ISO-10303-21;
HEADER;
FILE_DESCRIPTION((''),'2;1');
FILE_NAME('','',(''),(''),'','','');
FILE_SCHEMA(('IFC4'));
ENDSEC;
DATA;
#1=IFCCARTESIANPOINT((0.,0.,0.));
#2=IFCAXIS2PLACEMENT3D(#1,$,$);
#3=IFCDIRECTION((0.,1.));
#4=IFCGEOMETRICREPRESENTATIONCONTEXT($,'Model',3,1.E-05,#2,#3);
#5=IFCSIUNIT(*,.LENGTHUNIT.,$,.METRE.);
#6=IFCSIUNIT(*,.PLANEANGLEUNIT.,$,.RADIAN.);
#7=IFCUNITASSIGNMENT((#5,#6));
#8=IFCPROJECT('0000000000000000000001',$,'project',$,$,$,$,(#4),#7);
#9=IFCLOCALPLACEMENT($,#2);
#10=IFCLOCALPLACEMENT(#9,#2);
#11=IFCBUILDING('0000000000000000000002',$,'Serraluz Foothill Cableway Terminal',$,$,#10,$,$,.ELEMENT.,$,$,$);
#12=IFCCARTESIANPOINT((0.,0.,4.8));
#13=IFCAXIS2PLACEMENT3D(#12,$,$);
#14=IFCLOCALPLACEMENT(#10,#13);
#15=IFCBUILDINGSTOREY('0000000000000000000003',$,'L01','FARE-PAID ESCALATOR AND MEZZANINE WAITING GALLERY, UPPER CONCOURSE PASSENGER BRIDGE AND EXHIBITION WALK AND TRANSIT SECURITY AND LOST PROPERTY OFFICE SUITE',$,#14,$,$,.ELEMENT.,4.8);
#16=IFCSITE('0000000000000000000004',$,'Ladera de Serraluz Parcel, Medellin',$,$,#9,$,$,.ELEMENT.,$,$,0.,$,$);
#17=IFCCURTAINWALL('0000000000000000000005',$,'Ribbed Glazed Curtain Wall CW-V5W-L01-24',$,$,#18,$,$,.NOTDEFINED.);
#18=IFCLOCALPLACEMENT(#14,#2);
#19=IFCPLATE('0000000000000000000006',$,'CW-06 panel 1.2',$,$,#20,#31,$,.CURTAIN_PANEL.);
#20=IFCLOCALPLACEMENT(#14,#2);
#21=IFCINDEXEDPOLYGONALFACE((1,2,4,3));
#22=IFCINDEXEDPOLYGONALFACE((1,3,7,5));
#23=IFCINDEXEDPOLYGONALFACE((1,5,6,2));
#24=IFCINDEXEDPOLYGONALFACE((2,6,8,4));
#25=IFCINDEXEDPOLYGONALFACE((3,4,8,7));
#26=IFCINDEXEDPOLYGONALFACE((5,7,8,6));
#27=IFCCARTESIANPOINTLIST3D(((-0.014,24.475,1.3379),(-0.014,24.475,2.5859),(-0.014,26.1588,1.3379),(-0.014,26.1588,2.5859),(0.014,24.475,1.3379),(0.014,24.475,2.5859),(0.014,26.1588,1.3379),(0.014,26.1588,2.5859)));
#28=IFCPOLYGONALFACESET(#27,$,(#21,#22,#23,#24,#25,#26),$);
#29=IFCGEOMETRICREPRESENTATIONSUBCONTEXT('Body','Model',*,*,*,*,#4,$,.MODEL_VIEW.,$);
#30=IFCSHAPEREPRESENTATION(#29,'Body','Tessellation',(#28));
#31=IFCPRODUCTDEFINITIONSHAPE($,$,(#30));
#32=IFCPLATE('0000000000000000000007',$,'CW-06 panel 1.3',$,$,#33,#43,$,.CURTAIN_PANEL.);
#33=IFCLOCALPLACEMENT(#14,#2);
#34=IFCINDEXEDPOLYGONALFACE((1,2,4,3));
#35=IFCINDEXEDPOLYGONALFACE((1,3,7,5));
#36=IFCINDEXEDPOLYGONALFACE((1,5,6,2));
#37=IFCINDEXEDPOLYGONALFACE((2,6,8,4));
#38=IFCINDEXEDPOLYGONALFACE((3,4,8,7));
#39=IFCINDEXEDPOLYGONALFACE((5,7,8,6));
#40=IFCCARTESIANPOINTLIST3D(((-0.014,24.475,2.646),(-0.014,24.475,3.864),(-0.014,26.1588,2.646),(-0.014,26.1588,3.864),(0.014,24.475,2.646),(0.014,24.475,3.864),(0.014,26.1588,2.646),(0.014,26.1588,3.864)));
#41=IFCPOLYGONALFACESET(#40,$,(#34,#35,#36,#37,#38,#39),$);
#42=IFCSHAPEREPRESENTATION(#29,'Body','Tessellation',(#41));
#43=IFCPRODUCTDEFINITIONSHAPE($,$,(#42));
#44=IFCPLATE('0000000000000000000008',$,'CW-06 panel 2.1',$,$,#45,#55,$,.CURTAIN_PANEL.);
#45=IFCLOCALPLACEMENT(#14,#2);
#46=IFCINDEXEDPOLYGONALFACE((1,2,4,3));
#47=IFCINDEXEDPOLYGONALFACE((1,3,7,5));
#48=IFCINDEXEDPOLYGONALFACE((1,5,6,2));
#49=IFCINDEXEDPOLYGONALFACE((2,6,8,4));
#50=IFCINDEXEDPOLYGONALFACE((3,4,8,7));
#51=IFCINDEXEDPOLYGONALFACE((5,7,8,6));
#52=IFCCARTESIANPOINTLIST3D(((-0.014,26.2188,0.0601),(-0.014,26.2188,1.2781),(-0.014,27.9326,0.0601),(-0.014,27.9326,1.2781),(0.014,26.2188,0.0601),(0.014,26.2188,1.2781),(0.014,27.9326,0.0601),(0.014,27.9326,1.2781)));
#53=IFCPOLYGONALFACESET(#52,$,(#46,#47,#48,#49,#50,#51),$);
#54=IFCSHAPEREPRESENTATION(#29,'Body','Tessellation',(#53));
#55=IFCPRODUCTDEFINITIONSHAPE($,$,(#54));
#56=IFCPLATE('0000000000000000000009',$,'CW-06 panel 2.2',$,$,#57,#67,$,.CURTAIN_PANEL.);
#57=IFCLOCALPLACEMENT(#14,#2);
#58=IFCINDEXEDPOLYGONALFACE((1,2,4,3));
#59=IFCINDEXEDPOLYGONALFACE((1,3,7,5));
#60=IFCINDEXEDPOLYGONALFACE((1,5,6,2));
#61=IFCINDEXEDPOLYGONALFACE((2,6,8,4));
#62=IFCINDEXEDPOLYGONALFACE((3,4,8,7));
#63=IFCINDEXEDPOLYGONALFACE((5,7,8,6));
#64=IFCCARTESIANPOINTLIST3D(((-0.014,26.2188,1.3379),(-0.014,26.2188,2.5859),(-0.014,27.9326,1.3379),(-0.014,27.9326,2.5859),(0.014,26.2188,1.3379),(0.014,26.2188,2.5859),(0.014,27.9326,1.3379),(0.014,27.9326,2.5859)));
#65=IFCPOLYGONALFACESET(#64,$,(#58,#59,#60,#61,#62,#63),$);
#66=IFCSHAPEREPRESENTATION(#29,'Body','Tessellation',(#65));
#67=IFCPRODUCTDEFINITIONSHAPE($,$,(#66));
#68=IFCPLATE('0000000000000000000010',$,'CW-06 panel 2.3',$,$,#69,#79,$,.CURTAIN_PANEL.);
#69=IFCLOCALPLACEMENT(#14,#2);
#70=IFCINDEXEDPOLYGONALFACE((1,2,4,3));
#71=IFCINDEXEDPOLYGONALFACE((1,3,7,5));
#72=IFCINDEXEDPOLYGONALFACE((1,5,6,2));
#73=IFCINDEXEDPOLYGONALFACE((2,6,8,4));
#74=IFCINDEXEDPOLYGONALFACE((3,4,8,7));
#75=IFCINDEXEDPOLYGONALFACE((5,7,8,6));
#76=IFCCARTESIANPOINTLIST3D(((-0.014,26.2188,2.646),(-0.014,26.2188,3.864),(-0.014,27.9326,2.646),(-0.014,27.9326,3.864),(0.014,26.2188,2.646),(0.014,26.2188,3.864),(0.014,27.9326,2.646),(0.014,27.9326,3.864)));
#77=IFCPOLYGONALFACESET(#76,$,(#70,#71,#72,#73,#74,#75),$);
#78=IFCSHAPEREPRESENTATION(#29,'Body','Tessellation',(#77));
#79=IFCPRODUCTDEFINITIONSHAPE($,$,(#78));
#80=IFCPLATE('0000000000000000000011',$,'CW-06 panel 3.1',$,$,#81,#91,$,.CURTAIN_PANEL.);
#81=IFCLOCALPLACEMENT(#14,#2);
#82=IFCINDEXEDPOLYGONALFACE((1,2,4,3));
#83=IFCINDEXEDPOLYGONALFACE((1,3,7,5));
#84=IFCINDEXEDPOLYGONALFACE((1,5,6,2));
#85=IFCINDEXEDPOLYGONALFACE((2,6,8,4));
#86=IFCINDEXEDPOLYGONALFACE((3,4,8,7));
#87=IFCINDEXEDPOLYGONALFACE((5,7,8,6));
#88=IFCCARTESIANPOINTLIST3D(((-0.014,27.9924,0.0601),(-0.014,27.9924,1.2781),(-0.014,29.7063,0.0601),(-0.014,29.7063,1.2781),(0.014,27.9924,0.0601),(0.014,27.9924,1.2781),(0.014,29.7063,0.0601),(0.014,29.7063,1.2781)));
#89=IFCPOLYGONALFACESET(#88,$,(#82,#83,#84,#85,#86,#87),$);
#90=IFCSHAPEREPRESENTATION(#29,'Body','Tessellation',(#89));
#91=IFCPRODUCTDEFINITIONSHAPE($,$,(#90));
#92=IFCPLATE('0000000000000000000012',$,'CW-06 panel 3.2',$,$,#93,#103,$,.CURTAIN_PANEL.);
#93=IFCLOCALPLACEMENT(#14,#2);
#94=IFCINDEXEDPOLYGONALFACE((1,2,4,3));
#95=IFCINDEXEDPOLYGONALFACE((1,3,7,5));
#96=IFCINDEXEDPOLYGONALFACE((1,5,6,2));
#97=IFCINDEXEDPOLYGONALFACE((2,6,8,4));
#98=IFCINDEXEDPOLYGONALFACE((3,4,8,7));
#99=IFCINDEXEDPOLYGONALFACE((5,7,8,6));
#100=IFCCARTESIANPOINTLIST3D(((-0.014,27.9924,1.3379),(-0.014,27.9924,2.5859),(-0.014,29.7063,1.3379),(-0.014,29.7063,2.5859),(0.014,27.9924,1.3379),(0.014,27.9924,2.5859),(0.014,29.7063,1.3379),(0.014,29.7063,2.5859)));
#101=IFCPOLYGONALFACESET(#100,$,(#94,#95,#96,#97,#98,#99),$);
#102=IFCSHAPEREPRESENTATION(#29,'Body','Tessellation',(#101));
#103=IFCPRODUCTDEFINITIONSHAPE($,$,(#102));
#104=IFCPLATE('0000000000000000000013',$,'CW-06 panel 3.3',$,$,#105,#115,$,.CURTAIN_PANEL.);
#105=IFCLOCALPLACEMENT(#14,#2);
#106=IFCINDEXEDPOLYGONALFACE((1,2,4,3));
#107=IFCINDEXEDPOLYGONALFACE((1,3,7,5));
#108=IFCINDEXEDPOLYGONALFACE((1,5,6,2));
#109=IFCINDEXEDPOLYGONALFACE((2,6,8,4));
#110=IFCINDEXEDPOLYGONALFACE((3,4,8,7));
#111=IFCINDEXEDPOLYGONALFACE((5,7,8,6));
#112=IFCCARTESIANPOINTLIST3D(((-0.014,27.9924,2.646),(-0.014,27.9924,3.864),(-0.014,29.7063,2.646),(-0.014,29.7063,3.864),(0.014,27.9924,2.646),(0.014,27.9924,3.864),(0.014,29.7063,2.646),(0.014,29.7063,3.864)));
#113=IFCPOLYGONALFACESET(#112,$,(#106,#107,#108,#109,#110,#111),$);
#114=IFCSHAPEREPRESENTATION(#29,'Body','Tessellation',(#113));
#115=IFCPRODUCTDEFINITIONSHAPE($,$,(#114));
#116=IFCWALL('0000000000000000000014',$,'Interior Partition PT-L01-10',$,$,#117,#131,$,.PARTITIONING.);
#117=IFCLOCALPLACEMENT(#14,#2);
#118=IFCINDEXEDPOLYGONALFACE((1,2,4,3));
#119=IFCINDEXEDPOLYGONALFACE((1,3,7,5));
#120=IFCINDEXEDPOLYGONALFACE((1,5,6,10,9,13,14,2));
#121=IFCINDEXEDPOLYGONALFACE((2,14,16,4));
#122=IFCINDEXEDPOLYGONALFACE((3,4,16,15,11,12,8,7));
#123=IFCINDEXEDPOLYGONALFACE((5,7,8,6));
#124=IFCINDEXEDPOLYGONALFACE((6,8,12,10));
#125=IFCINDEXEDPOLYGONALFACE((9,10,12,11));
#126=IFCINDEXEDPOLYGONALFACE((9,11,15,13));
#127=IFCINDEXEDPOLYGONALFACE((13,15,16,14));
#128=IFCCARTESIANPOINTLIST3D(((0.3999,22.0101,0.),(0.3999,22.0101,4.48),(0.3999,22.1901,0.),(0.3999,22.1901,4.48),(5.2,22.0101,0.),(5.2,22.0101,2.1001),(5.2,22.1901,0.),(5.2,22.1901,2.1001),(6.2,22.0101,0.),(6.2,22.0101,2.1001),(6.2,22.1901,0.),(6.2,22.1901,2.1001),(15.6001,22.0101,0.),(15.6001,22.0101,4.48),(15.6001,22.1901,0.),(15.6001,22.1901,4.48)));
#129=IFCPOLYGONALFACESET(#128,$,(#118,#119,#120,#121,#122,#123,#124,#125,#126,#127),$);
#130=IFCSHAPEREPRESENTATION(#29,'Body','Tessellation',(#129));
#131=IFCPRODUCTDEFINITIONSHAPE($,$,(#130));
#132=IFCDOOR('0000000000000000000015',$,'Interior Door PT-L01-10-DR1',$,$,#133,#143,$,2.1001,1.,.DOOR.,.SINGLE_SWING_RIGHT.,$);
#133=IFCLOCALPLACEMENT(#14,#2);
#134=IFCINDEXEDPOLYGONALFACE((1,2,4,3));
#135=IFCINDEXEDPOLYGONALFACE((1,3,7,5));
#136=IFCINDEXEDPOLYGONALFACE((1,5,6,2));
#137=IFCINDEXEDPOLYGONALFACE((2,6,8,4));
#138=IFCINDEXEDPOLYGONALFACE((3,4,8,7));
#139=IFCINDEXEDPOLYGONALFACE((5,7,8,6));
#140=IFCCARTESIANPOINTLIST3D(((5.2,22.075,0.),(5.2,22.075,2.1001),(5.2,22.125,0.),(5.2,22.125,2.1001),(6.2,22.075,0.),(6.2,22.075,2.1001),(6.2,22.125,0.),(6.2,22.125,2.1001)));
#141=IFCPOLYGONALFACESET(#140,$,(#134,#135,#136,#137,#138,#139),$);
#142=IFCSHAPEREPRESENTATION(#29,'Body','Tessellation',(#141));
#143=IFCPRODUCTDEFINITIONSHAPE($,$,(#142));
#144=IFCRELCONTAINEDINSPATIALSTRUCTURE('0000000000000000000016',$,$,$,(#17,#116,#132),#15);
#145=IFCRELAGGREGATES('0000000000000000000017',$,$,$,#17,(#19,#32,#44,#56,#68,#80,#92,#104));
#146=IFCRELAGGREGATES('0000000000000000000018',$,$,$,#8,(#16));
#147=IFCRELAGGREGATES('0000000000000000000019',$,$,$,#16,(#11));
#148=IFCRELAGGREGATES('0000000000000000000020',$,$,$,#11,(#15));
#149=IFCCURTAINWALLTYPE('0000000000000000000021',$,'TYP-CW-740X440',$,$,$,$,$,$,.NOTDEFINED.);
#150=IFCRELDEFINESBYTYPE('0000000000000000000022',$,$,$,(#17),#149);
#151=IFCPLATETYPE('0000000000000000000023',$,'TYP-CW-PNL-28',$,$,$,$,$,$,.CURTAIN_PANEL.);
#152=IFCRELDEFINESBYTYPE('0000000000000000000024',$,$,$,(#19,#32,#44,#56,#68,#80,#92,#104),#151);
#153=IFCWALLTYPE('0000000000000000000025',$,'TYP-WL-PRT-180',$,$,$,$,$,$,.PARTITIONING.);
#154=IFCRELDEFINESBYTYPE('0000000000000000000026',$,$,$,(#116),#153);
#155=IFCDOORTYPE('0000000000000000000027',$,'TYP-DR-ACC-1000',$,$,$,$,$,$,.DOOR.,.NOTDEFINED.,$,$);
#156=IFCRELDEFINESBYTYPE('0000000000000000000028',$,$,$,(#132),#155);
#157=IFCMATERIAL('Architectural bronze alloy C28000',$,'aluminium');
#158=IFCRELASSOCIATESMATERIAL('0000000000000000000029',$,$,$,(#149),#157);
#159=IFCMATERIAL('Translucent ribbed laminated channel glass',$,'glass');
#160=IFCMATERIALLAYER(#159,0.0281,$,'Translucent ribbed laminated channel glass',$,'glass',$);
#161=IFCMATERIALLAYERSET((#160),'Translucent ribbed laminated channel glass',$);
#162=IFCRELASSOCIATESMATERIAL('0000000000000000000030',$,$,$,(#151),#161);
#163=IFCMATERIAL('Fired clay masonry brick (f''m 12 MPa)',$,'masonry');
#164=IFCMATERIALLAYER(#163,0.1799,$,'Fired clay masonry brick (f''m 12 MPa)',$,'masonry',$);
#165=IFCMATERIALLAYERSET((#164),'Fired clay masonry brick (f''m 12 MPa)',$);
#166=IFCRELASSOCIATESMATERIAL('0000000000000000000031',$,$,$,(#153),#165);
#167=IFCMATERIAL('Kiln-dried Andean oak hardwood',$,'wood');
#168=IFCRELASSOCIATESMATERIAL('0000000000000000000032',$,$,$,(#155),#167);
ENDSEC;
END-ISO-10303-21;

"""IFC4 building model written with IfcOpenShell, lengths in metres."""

from ifc_helpers import new_model, si_unit, direction, frame, frame_2d, origin, origin_2d, place, context, subcontext, project, spatial, rectangle, extrude, material, layer, layer_set, type_object, element, fill, aggregate, save


model = new_model("IFC4")

# Units and contexts
model_context = context("Model", 3, precision=1e-05, world=origin(), true_north=direction((0.0, 1.0)))
body_context = subcontext(model_context, "Body", "Model", "MODEL_VIEW")
ifc_project = project(units=[si_unit("LENGTHUNIT", "METRE"), si_unit("PLANEANGLEUNIT", "RADIAN")], contexts=[model_context])

# Site, building, storey
site_placement = place(None, origin())
site = spatial("IfcSite", under=ifc_project, at=site_placement, Name="Ladera de Serraluz Parcel, Medellin", CompositionType="ELEMENT", RefElevation=0.0)
building_placement = place(site_placement, origin())
building = spatial("IfcBuilding", under=site, at=building_placement, Name="Serraluz Foothill Cableway Terminal", CompositionType="ELEMENT")
storey_placement = place(building_placement, frame((0.0, 0.0, 4.8)))
storey = spatial("IfcBuildingStorey", under=building, at=storey_placement, Name="L01", Description="FARE-PAID ESCALATOR AND MEZZANINE WAITING GALLERY, UPPER CONCOURSE PASSENGER BRIDGE AND EXHIBITION WALK AND TRANSIT SECURITY AND LOST PROPERTY OFFICE SUITE", CompositionType="ELEMENT", Elevation=4.8)

# Shared definitions
ifc_material_1 = material(Name="Architectural bronze alloy C28000", Category="aluminium")

# Curtain wall
curtain_wall_type_1 = type_object("IfcCurtainWallType", Name="TYP-CW-740X440", PredefinedType="NOTDEFINED", material=ifc_material_1)
curtain_wall_1_placement = place(storey_placement, origin())
curtain_wall_1 = element("IfcCurtainWall", 1, at=curtain_wall_1_placement, inside=storey, type_object=curtain_wall_type_1, Name="Ribbed Glazed Curtain Wall CW-V5W-L01-24", PredefinedType="NOTDEFINED")

# Plates
ifc_material_2 = material(Name="Translucent ribbed laminated channel glass", Category="glass")
ifc_layer_1 = layer(ifc_material_2, 0.0281, Name="Translucent ribbed laminated channel glass", Category="glass")
ifc_layer_set_1 = layer_set([ifc_layer_1], Name="Translucent ribbed laminated channel glass")
plate_type = type_object("IfcPlateType", Name="TYP-CW-PNL-28", PredefinedType="CURTAIN_PANEL", material=ifc_layer_set_1)
plate_1_placement = place(storey_placement, frame((0.0, 25.3169, 1.3379), z_axis=(0.0, 0.0, 1.0), x_axis=(0.0, 1.0, 0.0)))
plate_1 = element("IfcPlate", 2, at=plate_1_placement, type_object=plate_type, Name="CW-06 panel 1.2", PredefinedType="CURTAIN_PANEL", context=body_context, shape_type="SweptSolid", body=[
    extrude(rectangle(XDim=1.6838, YDim=0.0281, at=origin_2d()), origin(), (0.0, 0.0, 1.0), 1.248),
])
plate_2_placement = place(storey_placement, frame((0.0, 25.3169, 2.646), z_axis=(0.0, 0.0, 1.0), x_axis=(0.0, 1.0, 0.0)))
plate_2 = element("IfcPlate", 3, at=plate_2_placement, type_object=plate_type, Name="CW-06 panel 1.3", PredefinedType="CURTAIN_PANEL", context=body_context, shape_type="SweptSolid", body=[
    extrude(rectangle(XDim=1.6838, YDim=0.0281, at=origin_2d()), origin(), (0.0, 0.0, 1.0), 1.218),
])
plate_3_placement = place(storey_placement, frame((0.0, 27.0757, 0.0601), z_axis=(0.0, 0.0, 1.0), x_axis=(0.0, 1.0, 0.0)))
plate_3 = element("IfcPlate", 4, at=plate_3_placement, type_object=plate_type, Name="CW-06 panel 2.1", PredefinedType="CURTAIN_PANEL", context=body_context, shape_type="SweptSolid", body=[
    extrude(rectangle(XDim=1.7139, YDim=0.0281, at=origin_2d()), origin(), (0.0, 0.0, 1.0), 1.218),
])
plate_4_placement = place(storey_placement, frame((0.0, 27.0757, 1.3379), z_axis=(0.0, 0.0, 1.0), x_axis=(0.0, 1.0, 0.0)))
plate_4 = element("IfcPlate", 5, at=plate_4_placement, type_object=plate_type, Name="CW-06 panel 2.2", PredefinedType="CURTAIN_PANEL", context=body_context, shape_type="SweptSolid", body=[
    extrude(rectangle(XDim=1.7139, YDim=0.0281, at=origin_2d()), origin(), (0.0, 0.0, 1.0), 1.248),
])
plate_5_placement = place(storey_placement, frame((0.0, 27.0757, 2.646), z_axis=(0.0, 0.0, 1.0), x_axis=(0.0, 1.0, 0.0)))
plate_5 = element("IfcPlate", 6, at=plate_5_placement, type_object=plate_type, Name="CW-06 panel 2.3", PredefinedType="CURTAIN_PANEL", context=body_context, shape_type="SweptSolid", body=[
    extrude(rectangle(XDim=1.7139, YDim=0.0281, at=origin_2d()), origin(), (0.0, 0.0, 1.0), 1.218),
])
plate_6_placement = place(storey_placement, frame((0.0, 28.8494, 0.0601), z_axis=(0.0, 0.0, 1.0), x_axis=(0.0, 1.0, 0.0)))
plate_6 = element("IfcPlate", 7, at=plate_6_placement, type_object=plate_type, Name="CW-06 panel 3.1", PredefinedType="CURTAIN_PANEL", context=body_context, shape_type="SweptSolid", body=[
    extrude(rectangle(XDim=1.7139, YDim=0.0281, at=origin_2d()), origin(), (0.0, 0.0, 1.0), 1.218),
])
plate_7_placement = place(storey_placement, frame((0.0, 28.8494, 1.3379), z_axis=(0.0, 0.0, 1.0), x_axis=(0.0, 1.0, 0.0)))
plate_7 = element("IfcPlate", 8, at=plate_7_placement, type_object=plate_type, Name="CW-06 panel 3.2", PredefinedType="CURTAIN_PANEL", context=body_context, shape_type="SweptSolid", body=[
    extrude(rectangle(XDim=1.7139, YDim=0.0281, at=origin_2d()), origin(), (0.0, 0.0, 1.0), 1.248),
])
plate_8_placement = place(storey_placement, frame((0.0, 28.8494, 2.646), z_axis=(0.0, 0.0, 1.0), x_axis=(0.0, 1.0, 0.0)))
plate_8 = element("IfcPlate", 9, at=plate_8_placement, type_object=plate_type, Name="CW-06 panel 3.3", PredefinedType="CURTAIN_PANEL", context=body_context, shape_type="SweptSolid", body=[
    extrude(rectangle(XDim=1.7139, YDim=0.0281, at=origin_2d()), origin(), (0.0, 0.0, 1.0), 1.218),
])
aggregate(curtain_wall_1, [plate_1, plate_2, plate_3, plate_4, plate_5, plate_6, plate_7, plate_8])

# Wall, opening, door
ifc_material_3 = material(Name="Fired clay masonry brick (f'm 12 MPa)", Category="masonry")
ifc_layer_2 = layer(ifc_material_3, 0.1799, Name="Fired clay masonry brick (f'm 12 MPa)", Category="masonry")
ifc_layer_set_2 = layer_set([ifc_layer_2], Name="Fired clay masonry brick (f'm 12 MPa)")
wall_type = type_object("IfcWallType", Name="TYP-WL-PRT-180", PredefinedType="PARTITIONING", material=ifc_layer_set_2)
wall_placement = place(storey_placement, frame((0.3999, 22.1001, 0.0), z_axis=(0.0, 0.0, 1.0), x_axis=(1.0, 0.0, 0.0)))
wall = element("IfcWall", 10, at=wall_placement, inside=storey, type_object=wall_type, Name="Interior Partition PT-L01-10", PredefinedType="PARTITIONING", context=body_context, shape_type="SweptSolid", body=[
    extrude(rectangle(XDim=15.2002, YDim=0.1799, at=frame_2d((7.6001, 0.0))), origin(), (0.0, 0.0, 1.0), 4.48),
])
opening_placement = place(wall_placement, frame((4.8, 0.0, 0.0)))
opening = element("IfcOpeningElement", 11, at=opening_placement, cuts=wall, PredefinedType="OPENING", context=body_context, shape_type="SweptSolid", body=[
    extrude(rectangle(XDim=1.0, YDim=2.1001, at=frame_2d((0.5, 1.05))), frame((0.0, 0.1001, 0.0), z_axis=(0.0, -1.0, 0.0), x_axis=(1.0, 0.0, 0.0)), (0.0, 0.0, 1.0), 0.2),
])
ifc_material_4 = material(Name="Kiln-dried Andean oak hardwood", Category="wood")
door_type = type_object("IfcDoorType", Name="TYP-DR-ACC-1000", OperationType="NOTDEFINED", PredefinedType="DOOR", material=ifc_material_4)
door_placement = place(opening_placement, origin())
door = element("IfcDoor", 12, at=door_placement, inside=storey, type_object=door_type, Name="Interior Door PT-L01-10-DR1", OperationType="SINGLE_SWING_RIGHT", OverallHeight=2.1001, OverallWidth=1.0, PredefinedType="DOOR", context=body_context, shape_type="SweptSolid", body=[
    extrude(rectangle(XDim=1.0, YDim=2.1001, at=frame_2d((0.5, 1.05))), frame((0.0, 0.0249, 0.0), z_axis=(0.0, -1.0, 0.0), x_axis=(1.0, 0.0, 0.0)), (0.0, 0.0, 1.0), 0.05),
])
fill(opening, door)

save(model, "model.ifc")
